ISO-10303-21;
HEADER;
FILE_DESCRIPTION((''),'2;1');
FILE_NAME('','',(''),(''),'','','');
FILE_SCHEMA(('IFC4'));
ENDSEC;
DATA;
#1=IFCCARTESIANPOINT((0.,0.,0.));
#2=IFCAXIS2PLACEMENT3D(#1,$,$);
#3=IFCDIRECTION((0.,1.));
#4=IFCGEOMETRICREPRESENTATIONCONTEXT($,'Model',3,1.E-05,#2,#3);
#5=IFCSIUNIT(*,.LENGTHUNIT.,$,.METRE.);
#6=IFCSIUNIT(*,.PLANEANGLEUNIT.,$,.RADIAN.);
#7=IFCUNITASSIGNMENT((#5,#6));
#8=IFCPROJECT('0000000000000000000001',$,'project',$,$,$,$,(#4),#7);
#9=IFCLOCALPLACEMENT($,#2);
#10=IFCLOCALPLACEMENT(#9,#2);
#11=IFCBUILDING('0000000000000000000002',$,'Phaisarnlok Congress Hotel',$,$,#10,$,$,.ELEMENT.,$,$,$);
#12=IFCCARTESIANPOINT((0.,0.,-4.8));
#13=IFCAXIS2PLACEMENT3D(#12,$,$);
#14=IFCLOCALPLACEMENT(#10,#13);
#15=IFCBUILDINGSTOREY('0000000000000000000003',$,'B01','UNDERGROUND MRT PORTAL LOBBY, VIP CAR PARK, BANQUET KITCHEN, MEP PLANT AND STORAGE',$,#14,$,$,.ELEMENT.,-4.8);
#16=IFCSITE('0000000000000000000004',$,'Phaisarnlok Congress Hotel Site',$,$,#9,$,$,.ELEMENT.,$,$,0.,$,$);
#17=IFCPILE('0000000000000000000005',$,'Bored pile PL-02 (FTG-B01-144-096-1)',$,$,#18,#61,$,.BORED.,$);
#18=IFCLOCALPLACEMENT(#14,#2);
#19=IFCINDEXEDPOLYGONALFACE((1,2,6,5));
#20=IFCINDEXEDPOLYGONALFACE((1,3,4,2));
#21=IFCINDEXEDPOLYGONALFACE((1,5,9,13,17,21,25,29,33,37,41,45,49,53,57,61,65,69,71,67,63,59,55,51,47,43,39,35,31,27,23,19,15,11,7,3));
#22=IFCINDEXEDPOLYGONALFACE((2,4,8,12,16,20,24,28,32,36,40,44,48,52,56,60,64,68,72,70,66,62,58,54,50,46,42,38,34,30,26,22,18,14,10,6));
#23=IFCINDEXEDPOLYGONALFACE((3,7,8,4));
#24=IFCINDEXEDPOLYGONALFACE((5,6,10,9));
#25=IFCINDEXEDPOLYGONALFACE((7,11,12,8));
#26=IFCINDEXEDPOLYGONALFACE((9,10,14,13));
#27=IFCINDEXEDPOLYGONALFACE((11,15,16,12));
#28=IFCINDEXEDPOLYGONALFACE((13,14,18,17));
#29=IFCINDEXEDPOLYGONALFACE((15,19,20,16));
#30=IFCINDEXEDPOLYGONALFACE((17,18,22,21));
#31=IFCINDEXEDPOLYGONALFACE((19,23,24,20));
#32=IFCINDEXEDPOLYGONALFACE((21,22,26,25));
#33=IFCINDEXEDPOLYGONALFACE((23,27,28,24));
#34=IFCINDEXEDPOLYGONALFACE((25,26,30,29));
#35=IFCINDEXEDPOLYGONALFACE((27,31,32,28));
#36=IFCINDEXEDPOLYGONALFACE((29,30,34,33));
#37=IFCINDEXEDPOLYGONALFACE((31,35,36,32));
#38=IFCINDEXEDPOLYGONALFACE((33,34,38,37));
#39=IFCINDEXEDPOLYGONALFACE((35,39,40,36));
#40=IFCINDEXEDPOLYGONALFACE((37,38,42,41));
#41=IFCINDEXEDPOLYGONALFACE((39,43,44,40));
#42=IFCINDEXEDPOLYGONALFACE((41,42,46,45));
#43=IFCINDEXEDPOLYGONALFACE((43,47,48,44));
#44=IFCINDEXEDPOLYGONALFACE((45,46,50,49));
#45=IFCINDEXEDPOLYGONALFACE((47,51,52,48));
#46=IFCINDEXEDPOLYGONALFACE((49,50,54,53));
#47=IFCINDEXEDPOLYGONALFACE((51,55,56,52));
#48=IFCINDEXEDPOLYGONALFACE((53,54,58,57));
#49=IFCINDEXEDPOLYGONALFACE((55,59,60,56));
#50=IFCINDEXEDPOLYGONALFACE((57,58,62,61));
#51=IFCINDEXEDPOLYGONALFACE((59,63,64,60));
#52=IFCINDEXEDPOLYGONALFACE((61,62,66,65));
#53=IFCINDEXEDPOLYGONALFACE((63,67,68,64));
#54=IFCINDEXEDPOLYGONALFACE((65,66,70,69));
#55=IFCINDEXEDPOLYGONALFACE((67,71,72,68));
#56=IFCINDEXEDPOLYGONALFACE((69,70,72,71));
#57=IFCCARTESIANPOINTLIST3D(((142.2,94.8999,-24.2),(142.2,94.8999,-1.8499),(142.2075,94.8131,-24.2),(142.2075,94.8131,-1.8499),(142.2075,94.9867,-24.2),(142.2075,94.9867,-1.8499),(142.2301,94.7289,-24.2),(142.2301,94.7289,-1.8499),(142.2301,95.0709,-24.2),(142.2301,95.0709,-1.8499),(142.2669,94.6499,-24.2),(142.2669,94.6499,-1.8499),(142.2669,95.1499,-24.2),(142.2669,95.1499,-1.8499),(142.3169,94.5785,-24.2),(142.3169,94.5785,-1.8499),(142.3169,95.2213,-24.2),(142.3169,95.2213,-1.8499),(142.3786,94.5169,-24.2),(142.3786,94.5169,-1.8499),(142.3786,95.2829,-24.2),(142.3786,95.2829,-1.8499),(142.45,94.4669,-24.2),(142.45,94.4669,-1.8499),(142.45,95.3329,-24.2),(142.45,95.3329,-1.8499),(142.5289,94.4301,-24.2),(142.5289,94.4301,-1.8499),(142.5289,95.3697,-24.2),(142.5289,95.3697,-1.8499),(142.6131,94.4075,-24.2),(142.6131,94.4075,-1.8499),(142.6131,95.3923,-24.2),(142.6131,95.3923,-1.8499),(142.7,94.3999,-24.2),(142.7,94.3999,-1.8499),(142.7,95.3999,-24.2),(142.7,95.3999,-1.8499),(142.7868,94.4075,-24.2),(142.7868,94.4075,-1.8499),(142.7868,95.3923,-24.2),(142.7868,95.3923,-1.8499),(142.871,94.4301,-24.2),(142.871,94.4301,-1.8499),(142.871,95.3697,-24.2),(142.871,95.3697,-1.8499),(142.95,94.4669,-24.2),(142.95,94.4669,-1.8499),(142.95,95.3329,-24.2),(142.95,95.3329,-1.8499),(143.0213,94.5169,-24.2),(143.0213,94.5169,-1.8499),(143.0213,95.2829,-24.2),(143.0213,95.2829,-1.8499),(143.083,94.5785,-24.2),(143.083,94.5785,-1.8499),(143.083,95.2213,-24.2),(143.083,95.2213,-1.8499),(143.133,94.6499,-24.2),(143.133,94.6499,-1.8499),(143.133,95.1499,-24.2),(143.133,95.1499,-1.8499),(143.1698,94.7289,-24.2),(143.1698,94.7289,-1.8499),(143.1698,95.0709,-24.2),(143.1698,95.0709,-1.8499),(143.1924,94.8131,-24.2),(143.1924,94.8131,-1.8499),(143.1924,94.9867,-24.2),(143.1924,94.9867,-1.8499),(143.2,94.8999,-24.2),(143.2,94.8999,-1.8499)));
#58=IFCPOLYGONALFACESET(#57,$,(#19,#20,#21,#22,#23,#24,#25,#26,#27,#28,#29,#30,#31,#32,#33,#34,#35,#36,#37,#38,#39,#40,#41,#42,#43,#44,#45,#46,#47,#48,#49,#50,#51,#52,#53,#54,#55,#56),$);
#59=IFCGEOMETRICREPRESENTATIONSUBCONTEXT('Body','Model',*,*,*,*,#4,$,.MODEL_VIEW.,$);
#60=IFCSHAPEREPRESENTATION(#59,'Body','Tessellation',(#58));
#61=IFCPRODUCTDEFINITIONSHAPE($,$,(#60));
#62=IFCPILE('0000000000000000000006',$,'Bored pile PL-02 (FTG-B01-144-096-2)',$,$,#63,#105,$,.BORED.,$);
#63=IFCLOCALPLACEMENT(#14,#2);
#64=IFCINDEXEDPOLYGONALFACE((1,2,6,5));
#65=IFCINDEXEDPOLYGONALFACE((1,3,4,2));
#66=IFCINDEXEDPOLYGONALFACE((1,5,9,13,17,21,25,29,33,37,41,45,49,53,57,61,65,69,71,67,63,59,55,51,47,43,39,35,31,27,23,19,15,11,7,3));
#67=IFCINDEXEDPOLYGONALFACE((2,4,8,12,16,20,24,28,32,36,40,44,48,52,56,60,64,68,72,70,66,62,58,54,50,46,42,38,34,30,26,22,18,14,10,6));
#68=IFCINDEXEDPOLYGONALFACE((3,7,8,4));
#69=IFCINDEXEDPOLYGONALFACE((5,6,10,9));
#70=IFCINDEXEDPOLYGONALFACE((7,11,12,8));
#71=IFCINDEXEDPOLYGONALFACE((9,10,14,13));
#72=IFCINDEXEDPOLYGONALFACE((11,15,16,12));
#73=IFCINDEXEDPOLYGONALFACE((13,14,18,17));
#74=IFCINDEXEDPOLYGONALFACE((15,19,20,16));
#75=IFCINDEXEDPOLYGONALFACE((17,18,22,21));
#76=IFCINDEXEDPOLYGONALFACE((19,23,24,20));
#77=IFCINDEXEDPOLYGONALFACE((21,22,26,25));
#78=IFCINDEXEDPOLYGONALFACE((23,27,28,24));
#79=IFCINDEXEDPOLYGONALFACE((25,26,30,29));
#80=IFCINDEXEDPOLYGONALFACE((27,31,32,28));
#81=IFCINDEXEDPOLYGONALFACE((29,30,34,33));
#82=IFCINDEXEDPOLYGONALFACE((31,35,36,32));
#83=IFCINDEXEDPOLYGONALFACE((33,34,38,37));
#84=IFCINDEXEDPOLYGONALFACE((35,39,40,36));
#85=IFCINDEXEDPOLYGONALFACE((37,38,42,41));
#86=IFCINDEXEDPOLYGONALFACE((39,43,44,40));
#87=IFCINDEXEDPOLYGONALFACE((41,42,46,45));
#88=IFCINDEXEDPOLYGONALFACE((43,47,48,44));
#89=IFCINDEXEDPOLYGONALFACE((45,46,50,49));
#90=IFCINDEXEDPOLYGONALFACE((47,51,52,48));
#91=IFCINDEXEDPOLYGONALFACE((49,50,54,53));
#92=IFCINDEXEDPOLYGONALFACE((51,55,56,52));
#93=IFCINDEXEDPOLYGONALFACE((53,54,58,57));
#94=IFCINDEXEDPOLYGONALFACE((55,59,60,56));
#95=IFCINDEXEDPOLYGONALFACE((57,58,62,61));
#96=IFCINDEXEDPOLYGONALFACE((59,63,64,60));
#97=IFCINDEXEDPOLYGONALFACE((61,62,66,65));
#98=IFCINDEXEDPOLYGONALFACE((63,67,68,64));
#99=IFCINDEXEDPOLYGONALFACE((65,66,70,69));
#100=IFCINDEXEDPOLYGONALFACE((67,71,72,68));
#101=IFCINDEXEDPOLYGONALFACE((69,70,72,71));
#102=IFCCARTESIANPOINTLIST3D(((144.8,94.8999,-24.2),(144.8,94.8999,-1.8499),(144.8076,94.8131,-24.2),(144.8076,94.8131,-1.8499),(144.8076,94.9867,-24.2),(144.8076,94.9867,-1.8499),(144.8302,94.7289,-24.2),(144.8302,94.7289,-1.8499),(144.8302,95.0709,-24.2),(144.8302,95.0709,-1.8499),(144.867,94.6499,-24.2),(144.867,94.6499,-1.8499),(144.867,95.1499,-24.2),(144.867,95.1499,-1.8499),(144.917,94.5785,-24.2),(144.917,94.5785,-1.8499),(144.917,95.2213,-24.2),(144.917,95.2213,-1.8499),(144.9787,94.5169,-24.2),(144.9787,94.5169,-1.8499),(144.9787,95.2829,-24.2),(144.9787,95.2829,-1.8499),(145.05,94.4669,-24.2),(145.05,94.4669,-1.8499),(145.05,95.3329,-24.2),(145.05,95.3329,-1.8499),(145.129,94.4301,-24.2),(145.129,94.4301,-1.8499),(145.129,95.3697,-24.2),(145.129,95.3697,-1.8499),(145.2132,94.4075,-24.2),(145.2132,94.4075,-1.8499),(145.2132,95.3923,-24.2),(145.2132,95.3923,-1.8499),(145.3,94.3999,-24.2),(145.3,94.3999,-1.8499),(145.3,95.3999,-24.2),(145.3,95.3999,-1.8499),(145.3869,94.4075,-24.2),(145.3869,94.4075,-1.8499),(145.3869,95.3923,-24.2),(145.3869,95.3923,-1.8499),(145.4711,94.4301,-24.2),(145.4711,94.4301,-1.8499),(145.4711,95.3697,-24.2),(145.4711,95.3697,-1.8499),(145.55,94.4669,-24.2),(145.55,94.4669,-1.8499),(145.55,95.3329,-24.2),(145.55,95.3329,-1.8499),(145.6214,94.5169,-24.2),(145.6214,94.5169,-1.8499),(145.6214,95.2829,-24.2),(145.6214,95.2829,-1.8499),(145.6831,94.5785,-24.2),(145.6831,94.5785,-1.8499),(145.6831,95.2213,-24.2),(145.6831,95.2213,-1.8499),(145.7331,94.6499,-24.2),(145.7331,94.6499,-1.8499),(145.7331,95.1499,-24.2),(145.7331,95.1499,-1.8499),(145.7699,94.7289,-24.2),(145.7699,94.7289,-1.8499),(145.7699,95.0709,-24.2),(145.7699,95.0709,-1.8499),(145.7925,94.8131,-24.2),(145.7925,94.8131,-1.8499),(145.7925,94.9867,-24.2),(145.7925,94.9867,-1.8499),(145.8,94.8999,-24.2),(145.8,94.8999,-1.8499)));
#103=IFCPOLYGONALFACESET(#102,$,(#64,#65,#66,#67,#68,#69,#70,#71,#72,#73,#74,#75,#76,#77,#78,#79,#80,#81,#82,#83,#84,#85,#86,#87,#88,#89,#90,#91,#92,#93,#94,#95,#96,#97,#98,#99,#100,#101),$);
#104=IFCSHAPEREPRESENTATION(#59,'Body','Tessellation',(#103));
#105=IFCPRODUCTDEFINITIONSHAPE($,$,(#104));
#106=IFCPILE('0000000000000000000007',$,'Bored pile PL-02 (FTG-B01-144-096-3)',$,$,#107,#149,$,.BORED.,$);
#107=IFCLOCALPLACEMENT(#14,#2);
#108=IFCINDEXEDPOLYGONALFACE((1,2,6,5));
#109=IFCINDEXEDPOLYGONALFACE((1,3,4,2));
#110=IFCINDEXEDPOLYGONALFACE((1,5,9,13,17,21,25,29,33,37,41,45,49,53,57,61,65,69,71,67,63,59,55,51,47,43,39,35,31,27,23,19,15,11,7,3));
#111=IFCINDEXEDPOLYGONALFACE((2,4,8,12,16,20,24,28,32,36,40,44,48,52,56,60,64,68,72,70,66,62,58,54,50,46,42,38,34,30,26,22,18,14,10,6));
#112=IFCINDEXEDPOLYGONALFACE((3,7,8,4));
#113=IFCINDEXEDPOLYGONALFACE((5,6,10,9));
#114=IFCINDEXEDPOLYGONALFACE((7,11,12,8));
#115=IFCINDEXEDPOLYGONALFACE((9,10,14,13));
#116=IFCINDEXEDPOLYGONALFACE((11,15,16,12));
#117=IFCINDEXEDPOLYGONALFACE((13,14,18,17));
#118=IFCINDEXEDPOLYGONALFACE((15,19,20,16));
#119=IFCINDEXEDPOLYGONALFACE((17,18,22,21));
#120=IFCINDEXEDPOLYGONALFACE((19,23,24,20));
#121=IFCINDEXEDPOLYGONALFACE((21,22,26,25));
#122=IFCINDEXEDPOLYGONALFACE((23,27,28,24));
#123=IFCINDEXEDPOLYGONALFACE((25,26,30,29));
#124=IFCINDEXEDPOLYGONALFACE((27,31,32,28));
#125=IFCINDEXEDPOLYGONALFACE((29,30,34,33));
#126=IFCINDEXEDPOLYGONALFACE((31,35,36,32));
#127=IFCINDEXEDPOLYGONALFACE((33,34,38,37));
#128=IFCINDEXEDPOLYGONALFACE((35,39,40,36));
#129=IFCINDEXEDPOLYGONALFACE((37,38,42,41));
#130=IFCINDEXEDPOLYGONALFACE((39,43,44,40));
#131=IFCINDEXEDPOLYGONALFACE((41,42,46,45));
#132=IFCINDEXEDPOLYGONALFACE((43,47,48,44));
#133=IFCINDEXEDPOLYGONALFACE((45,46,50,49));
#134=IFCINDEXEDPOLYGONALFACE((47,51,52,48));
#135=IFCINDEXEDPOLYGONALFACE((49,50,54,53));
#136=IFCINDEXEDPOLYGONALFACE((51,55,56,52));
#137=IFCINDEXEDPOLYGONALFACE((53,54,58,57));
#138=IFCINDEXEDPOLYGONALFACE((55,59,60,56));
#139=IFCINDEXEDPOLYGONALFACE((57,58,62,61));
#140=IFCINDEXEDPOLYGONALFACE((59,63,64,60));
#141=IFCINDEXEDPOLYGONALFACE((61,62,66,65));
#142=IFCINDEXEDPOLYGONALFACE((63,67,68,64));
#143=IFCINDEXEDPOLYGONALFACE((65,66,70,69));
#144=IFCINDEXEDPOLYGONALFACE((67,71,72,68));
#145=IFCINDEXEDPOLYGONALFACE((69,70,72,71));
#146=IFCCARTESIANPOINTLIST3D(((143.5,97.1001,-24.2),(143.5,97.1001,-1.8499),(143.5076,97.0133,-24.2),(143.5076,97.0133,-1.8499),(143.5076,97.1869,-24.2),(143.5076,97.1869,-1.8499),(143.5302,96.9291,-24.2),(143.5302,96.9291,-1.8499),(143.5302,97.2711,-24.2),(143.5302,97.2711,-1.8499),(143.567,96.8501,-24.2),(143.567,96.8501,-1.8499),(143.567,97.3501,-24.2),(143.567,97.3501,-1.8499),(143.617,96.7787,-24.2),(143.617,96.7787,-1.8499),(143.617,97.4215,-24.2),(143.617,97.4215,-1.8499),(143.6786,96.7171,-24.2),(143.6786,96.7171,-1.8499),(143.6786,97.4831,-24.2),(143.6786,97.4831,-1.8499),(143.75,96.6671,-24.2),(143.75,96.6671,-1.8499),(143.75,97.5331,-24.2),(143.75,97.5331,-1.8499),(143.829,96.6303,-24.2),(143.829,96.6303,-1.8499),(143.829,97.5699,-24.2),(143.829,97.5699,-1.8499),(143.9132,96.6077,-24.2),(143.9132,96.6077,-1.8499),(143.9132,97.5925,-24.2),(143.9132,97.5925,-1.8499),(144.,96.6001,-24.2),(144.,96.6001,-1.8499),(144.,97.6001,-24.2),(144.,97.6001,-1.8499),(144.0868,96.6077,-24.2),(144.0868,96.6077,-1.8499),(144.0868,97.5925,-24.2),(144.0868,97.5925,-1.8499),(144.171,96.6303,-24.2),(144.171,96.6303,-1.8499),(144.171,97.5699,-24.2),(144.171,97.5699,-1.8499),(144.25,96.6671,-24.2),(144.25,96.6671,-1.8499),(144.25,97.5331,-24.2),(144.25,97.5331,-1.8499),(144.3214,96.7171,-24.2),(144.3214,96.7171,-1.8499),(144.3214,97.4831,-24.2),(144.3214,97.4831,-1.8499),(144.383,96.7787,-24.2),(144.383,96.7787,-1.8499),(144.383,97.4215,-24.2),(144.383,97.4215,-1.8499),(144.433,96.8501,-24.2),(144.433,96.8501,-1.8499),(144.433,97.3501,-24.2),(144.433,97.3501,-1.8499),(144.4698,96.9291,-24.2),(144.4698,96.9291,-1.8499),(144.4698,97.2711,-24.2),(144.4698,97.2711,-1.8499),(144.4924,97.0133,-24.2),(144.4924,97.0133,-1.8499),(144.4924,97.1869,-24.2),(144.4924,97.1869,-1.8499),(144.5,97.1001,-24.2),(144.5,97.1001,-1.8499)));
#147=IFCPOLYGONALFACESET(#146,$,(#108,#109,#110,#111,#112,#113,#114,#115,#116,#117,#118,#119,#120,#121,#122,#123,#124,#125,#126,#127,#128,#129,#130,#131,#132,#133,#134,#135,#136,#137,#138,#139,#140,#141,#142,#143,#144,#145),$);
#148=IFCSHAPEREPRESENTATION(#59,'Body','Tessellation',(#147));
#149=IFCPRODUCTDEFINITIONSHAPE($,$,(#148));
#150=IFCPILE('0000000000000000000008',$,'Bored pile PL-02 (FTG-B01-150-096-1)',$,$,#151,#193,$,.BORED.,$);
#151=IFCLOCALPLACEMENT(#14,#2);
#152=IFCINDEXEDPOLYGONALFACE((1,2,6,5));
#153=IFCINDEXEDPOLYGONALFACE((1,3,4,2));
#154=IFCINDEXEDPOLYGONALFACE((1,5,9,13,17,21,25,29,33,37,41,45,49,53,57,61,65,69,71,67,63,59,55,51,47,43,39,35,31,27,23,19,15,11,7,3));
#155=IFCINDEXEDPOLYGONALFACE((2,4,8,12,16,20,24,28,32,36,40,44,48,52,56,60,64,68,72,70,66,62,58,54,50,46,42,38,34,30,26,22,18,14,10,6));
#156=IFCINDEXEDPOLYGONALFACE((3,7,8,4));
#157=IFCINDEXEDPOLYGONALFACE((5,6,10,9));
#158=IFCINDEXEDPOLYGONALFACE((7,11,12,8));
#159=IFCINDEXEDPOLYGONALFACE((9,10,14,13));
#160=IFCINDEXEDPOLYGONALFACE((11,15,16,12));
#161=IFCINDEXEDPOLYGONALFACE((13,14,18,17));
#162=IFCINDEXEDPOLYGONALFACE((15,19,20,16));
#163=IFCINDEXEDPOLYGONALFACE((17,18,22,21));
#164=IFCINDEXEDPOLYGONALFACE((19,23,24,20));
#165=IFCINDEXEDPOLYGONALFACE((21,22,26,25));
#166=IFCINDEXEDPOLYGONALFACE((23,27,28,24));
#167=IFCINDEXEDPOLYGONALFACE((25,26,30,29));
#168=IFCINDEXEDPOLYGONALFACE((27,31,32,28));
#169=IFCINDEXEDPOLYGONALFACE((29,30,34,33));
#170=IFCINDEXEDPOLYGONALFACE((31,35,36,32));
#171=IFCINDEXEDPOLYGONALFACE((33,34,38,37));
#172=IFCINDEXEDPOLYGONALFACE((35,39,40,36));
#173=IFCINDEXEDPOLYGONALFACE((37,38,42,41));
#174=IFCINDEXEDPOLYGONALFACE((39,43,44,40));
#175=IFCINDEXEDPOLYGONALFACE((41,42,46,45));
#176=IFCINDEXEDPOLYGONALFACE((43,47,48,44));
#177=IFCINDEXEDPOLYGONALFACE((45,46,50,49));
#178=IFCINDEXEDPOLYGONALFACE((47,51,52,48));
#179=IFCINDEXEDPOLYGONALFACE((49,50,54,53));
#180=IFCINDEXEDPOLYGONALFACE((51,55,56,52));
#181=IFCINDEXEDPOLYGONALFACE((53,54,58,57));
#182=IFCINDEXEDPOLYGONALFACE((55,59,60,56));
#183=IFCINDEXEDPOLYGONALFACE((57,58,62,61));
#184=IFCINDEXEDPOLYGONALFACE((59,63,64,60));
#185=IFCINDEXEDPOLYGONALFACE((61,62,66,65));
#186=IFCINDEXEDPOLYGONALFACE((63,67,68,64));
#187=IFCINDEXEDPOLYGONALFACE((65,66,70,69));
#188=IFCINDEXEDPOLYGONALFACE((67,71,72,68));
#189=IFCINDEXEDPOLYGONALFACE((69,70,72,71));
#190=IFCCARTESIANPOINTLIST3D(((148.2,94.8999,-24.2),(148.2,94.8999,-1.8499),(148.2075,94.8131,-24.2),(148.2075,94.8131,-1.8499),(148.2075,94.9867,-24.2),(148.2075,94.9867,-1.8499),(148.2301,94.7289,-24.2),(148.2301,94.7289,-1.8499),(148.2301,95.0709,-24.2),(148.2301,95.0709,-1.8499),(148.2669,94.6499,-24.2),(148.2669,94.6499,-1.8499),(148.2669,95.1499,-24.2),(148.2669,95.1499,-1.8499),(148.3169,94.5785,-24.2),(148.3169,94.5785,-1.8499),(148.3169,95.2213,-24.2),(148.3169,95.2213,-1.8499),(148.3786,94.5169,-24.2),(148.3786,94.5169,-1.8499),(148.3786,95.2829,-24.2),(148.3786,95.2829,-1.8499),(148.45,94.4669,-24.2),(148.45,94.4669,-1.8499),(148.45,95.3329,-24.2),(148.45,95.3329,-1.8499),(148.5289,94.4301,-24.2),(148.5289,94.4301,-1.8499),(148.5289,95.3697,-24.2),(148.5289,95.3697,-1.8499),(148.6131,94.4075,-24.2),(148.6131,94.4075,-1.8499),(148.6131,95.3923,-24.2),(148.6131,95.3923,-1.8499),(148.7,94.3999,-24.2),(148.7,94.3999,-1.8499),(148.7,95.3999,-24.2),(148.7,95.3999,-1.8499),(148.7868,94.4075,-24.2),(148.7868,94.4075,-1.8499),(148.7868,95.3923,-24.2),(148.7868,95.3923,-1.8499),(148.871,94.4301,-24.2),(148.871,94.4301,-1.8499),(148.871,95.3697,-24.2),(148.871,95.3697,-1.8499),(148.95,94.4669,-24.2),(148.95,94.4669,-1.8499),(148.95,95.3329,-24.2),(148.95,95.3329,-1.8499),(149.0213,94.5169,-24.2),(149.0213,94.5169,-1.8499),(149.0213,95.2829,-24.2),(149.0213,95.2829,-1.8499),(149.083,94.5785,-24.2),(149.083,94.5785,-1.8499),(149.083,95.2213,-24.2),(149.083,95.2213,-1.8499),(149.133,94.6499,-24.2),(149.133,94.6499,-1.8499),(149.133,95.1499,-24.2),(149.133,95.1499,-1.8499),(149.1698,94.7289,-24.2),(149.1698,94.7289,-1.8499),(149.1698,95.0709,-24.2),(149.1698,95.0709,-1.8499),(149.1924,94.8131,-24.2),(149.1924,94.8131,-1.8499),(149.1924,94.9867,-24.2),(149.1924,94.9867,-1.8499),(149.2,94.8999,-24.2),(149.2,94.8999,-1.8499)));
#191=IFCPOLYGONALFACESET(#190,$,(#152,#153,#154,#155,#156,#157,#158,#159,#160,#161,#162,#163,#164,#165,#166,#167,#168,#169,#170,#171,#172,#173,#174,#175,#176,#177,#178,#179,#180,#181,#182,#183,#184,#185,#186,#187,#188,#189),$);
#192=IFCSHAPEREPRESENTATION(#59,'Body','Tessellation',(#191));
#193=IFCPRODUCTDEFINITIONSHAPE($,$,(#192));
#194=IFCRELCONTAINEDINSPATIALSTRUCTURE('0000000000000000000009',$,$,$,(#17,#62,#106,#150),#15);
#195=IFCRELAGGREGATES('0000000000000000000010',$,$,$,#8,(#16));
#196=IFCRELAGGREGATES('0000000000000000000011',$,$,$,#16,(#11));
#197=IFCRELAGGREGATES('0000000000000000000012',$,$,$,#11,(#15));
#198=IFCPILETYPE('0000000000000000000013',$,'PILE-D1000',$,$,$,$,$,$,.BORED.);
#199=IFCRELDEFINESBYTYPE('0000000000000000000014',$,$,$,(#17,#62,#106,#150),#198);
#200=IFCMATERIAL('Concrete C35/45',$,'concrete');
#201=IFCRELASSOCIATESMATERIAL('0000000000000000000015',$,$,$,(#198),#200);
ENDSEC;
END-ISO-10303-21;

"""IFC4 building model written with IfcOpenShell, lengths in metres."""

from ifc_helpers import new_model, si_unit, direction, frame, origin, origin_2d, place, context, subcontext, project, spatial, circle, extrude, material, material_profile, profile_set, type_object, element, save


model = new_model("IFC4")

# Units and contexts
model_context = context("Model", 3, precision=1e-05, world=origin(), true_north=direction((0.0, 1.0)))
body_context = subcontext(model_context, "Body", "Model", "MODEL_VIEW")
ifc_project = project(units=[si_unit("LENGTHUNIT", "METRE"), si_unit("PLANEANGLEUNIT", "RADIAN")], contexts=[model_context])

# Site, building, storey
site_placement = place(None, origin())
site = spatial("IfcSite", under=ifc_project, at=site_placement, Name="Phaisarnlok Congress Hotel Site", CompositionType="ELEMENT", RefElevation=0.0)
building_placement = place(site_placement, origin())
building = spatial("IfcBuilding", under=site, at=building_placement, Name="Phaisarnlok Congress Hotel", CompositionType="ELEMENT")
storey_placement = place(building_placement, frame((0.0, 0.0, -4.8)))
storey = spatial("IfcBuildingStorey", under=building, at=storey_placement, Name="B01", Description="UNDERGROUND MRT PORTAL LOBBY, VIP CAR PARK, BANQUET KITCHEN, MEP PLANT AND STORAGE", CompositionType="ELEMENT", Elevation=-4.8)

# Piles
ifc_material_1 = material(Name="Concrete C35/45", Category="concrete")
ifc_material_profile_1 = material_profile(ifc_material_1, circle(Radius=0.5, at=origin_2d()), Name="BORED PILE D1000")
ifc_profile_set_1 = profile_set([ifc_material_profile_1], Name="Concrete C35/45")
pile_type_1 = type_object("IfcPileType", Name="PILE-D1000", PredefinedType="BORED", material=ifc_profile_set_1)
for number, where, z_axis, x_axis, name in (
    (1, (142.7, 94.8999, -1.8499), (0.0, 0.0, -1.0), (1.0, 0.0, 0.0), "Bored pile PL-02 (FTG-B01-144-096-1)"),
    (2, (145.3, 94.8999, -1.8499), (0.0, 0.0, -1.0), (1.0, 0.0, 0.0), "Bored pile PL-02 (FTG-B01-144-096-2)"),
    (3, (144.0, 97.1001, -1.8499), (0.0, 0.0, -1.0), (1.0, 0.0, 0.0), "Bored pile PL-02 (FTG-B01-144-096-3)"),
    (4, (148.7, 94.8999, -1.8499), (0.0, 0.0, -1.0), (1.0, 0.0, 0.0), "Bored pile PL-02 (FTG-B01-150-096-1)"),
):
    element("IfcPile", number, at=place(storey_placement, frame(where, z_axis=z_axis, x_axis=x_axis)), inside=storey, type_object=pile_type_1, Name=name, PredefinedType="BORED", context=body_context, shape_type="SweptSolid", body=[
        extrude(circle(Radius=0.5, at=origin_2d()), origin(), (0.0, 0.0, 1.0), 22.3501),
    ])

save(model, "model.ifc")
